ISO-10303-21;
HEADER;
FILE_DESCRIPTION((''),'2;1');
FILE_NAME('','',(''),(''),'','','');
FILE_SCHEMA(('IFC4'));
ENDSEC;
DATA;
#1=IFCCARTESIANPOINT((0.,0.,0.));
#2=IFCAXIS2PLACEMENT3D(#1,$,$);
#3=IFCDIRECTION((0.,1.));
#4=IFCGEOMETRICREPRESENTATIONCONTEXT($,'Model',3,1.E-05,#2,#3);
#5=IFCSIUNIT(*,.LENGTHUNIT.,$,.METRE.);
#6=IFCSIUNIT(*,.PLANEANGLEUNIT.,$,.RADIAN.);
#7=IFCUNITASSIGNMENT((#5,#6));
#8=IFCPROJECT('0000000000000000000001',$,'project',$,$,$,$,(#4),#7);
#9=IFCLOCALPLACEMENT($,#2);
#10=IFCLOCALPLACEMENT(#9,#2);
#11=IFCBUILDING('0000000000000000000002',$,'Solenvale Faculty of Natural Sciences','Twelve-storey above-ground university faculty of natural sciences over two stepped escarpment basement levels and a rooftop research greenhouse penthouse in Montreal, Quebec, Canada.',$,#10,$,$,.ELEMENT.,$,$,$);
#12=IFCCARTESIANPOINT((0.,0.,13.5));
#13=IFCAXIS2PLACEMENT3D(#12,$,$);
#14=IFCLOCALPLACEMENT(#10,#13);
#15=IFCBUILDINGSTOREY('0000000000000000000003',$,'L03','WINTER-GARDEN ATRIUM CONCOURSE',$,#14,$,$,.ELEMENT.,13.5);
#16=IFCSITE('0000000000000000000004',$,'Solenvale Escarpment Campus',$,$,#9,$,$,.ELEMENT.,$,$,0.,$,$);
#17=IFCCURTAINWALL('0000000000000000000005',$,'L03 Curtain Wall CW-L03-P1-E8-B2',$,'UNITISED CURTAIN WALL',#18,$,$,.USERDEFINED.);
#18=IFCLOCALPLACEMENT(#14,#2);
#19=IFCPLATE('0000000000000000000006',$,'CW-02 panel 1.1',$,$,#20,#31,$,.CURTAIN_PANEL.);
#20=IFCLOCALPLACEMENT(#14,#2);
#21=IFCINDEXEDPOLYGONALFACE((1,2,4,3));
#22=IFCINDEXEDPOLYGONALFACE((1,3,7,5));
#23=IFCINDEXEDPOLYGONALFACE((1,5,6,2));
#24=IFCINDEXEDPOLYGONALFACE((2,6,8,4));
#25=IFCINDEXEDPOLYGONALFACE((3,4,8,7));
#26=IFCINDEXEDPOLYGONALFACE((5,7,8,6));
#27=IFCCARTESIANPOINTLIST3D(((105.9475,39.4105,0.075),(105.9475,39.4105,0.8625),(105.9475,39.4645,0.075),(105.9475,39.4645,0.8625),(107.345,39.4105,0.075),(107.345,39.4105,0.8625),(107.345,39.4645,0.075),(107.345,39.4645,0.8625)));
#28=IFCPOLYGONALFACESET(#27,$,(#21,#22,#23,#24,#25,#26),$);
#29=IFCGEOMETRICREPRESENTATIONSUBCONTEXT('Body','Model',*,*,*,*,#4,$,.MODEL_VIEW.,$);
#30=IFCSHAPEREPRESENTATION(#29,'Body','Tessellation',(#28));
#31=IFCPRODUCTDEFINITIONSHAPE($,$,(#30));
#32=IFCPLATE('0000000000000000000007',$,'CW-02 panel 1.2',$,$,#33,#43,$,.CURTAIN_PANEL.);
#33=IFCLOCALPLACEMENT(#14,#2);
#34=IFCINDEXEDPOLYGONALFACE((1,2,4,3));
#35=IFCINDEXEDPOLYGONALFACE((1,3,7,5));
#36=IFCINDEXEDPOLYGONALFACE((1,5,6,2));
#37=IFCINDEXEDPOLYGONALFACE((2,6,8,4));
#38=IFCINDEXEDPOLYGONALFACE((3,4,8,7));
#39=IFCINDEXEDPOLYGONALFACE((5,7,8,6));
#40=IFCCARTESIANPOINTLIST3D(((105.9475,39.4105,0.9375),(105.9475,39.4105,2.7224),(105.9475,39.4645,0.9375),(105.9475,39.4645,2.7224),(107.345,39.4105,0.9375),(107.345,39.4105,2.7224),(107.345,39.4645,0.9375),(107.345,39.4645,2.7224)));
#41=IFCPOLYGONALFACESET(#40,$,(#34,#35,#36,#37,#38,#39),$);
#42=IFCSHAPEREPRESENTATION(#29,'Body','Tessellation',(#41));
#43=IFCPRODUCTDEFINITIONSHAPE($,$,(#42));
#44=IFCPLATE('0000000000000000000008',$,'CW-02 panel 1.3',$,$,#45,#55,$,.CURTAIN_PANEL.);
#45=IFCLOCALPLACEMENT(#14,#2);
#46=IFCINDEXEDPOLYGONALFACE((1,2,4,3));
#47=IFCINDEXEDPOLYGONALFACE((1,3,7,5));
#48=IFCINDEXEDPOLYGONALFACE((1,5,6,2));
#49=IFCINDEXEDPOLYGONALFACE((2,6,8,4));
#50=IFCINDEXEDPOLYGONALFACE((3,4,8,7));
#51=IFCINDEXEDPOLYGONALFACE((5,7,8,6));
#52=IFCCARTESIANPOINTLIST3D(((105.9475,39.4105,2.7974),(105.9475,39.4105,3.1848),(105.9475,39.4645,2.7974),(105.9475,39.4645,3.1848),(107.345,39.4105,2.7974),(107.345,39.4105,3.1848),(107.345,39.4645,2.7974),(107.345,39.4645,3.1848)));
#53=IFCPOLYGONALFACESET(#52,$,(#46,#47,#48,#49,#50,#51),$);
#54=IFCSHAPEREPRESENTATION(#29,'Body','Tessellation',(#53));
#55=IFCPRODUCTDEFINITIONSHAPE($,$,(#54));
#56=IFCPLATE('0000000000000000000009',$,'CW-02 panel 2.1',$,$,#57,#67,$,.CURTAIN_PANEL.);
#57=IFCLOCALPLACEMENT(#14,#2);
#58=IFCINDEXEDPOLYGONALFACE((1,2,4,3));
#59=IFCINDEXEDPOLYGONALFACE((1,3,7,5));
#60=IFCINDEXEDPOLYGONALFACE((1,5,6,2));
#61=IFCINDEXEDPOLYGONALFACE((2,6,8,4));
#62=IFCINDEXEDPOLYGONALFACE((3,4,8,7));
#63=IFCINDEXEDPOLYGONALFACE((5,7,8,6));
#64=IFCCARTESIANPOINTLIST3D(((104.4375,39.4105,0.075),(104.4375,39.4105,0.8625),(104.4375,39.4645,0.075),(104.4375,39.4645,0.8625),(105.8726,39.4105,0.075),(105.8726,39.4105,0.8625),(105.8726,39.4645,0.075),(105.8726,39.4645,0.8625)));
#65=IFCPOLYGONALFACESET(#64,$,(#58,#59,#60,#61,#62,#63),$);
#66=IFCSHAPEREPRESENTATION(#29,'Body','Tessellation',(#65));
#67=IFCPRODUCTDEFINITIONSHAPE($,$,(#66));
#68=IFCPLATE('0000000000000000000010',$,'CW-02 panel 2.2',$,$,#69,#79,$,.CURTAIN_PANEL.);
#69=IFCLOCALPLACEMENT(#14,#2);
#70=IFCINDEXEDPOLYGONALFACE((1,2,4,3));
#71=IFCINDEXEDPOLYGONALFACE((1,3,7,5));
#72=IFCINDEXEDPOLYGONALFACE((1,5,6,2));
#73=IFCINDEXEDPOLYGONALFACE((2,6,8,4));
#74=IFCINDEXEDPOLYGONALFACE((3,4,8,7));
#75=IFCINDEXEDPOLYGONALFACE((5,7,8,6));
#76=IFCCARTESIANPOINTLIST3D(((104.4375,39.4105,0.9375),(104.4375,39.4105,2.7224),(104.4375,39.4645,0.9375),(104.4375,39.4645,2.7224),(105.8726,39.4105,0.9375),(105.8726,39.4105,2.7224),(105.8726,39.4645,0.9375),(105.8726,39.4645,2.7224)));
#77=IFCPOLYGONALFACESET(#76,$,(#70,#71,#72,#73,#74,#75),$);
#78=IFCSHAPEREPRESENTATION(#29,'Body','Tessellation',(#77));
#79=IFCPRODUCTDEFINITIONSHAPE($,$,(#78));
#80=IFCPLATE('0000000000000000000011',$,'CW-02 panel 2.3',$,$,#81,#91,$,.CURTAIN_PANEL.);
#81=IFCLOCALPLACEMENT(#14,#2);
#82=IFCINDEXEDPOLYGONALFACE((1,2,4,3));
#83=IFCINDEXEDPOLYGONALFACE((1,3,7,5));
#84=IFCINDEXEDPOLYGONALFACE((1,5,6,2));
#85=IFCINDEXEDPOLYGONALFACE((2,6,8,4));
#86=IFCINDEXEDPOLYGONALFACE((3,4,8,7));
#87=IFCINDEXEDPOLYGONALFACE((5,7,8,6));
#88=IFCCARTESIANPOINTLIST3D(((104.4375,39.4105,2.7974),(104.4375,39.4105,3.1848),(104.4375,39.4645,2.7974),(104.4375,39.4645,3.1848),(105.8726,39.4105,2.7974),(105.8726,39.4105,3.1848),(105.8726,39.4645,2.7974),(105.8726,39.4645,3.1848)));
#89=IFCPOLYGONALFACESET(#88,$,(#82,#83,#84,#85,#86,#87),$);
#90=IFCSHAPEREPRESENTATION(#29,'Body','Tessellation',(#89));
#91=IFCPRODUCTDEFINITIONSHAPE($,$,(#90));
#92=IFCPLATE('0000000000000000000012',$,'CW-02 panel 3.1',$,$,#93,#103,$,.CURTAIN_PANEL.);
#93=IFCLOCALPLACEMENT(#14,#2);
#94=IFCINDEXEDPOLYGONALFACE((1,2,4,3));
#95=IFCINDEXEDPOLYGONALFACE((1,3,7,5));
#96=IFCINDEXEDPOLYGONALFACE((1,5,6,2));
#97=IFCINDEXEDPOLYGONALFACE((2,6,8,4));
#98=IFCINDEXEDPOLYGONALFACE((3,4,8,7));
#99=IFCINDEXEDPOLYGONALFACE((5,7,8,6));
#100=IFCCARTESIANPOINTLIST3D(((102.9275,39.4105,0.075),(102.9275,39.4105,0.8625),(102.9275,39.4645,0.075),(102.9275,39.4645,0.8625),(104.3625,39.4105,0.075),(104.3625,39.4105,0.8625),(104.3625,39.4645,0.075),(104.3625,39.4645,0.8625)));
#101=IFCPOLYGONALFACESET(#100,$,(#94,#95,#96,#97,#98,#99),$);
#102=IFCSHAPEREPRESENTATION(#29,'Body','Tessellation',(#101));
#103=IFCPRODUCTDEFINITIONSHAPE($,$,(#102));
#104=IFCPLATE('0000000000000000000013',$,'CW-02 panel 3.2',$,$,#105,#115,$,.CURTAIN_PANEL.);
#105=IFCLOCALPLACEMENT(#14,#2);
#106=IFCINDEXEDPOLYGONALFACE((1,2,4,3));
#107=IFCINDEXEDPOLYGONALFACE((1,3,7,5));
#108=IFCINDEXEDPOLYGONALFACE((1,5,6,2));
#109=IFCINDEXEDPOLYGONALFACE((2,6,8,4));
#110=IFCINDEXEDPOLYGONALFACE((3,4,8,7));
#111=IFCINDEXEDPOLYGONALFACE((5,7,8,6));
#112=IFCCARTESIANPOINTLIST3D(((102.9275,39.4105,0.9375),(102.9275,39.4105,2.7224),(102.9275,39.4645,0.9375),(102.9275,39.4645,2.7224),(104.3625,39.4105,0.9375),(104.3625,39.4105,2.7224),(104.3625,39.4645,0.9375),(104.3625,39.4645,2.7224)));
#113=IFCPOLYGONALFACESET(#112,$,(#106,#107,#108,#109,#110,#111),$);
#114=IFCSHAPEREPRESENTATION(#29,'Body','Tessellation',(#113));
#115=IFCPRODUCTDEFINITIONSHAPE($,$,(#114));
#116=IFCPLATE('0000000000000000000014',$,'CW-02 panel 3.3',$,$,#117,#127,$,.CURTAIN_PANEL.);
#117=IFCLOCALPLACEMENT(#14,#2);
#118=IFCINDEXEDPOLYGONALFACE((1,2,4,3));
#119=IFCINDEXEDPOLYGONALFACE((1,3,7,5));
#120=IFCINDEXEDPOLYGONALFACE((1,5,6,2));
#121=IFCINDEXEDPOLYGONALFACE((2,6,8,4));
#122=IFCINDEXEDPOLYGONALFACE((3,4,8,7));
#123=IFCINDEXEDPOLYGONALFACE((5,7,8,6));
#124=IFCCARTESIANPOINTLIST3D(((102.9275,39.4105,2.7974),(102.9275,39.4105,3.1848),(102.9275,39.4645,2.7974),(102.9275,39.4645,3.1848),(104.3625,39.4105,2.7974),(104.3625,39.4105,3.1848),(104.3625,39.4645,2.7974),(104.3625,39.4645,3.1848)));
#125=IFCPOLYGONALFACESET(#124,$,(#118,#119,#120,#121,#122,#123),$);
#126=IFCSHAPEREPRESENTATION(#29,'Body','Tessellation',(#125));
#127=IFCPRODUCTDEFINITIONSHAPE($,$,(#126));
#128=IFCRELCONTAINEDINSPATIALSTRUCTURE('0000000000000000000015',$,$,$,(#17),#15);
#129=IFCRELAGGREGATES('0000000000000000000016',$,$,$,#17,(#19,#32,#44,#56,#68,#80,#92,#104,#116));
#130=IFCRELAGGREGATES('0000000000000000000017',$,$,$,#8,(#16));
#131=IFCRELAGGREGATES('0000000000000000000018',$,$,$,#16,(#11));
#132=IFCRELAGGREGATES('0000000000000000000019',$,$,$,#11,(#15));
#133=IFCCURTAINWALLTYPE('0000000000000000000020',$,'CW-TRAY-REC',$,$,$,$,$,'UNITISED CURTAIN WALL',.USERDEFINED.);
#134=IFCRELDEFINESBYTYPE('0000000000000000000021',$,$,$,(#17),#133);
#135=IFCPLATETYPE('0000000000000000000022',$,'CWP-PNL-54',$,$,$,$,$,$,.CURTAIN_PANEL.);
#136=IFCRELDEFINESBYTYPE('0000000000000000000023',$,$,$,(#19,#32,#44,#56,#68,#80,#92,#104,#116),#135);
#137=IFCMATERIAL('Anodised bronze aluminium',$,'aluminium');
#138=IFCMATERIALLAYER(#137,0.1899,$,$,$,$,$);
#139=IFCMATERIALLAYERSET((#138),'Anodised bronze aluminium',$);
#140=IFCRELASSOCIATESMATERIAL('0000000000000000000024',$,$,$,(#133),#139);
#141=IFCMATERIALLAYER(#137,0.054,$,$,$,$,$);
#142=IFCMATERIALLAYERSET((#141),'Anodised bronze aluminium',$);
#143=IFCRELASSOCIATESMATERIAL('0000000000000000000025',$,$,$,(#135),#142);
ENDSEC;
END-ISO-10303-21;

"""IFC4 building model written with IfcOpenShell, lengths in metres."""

from ifc_helpers import new_model, si_unit, direction, frame, origin, origin_2d, place, context, subcontext, project, spatial, rectangle, extrude, material, layer, layer_set, type_object, element, aggregate, save


model = new_model("IFC4")

# Units and contexts
model_context = context("Model", 3, precision=1e-05, world=origin(), true_north=direction((0.0, 1.0)))
body_context = subcontext(model_context, "Body", "Model", "MODEL_VIEW")
ifc_project = project(units=[si_unit("LENGTHUNIT", "METRE"), si_unit("PLANEANGLEUNIT", "RADIAN")], contexts=[model_context])

# Site, building, storey
site_placement = place(None, origin())
site = spatial("IfcSite", under=ifc_project, at=site_placement, Name="Solenvale Escarpment Campus", CompositionType="ELEMENT", RefElevation=0.0)
building_placement = place(site_placement, origin())
building = spatial("IfcBuilding", under=site, at=building_placement, Name="Solenvale Faculty of Natural Sciences", Description="Twelve-storey above-ground university faculty of natural sciences over two stepped escarpment basement levels and a rooftop research greenhouse penthouse in Montreal, Quebec, Canada.", CompositionType="ELEMENT")
storey_placement = place(building_placement, frame((0.0, 0.0, 13.5)))
storey = spatial("IfcBuildingStorey", under=building, at=storey_placement, Name="L03", Description="WINTER-GARDEN ATRIUM CONCOURSE", CompositionType="ELEMENT", Elevation=13.5)

# Curtain wall, plates
ifc_material = material(Name="Anodised bronze aluminium", Category="aluminium")
ifc_layer_1 = layer(ifc_material, 0.1899)
ifc_layer_set_1 = layer_set([ifc_layer_1], Name="Anodised bronze aluminium")
curtain_wall_type = type_object("IfcCurtainWallType", Name="CW-TRAY-REC", ElementType="UNITISED CURTAIN WALL", PredefinedType="USERDEFINED", material=ifc_layer_set_1)
curtain_wall_placement = place(storey_placement, origin())
curtain_wall = element("IfcCurtainWall", 1, at=curtain_wall_placement, inside=storey, type_object=curtain_wall_type, Name="L03 Curtain Wall CW-L03-P1-E8-B2", ObjectType="UNITISED CURTAIN WALL", PredefinedType="USERDEFINED")
ifc_layer_2 = layer(ifc_material, 0.054)
ifc_layer_set_2 = layer_set([ifc_layer_2], Name="Anodised bronze aluminium")
plate_type = type_object("IfcPlateType", Name="CWP-PNL-54", PredefinedType="CURTAIN_PANEL", material=ifc_layer_set_2)
plate_1_placement = place(storey_placement, frame((106.6462, 39.4375, 0.075), z_axis=(0.0, 0.0, 1.0), x_axis=(-1.0, 0.0, 0.0)))
plate_1 = element("IfcPlate", 2, at=plate_1_placement, type_object=plate_type, Name="CW-02 panel 1.1", PredefinedType="CURTAIN_PANEL", context=body_context, shape_type="SweptSolid", body=[
    extrude(rectangle(XDim=1.3975, YDim=0.054, at=origin_2d()), origin(), (0.0, 0.0, 1.0), 0.7876),
])
plate_2_placement = place(storey_placement, frame((106.6462, 39.4375, 0.9375), z_axis=(0.0, 0.0, 1.0), x_axis=(-1.0, 0.0, 0.0)))
plate_2 = element("IfcPlate", 3, at=plate_2_placement, type_object=plate_type, Name="CW-02 panel 1.2", PredefinedType="CURTAIN_PANEL", context=body_context, shape_type="SweptSolid", body=[
    extrude(rectangle(XDim=1.3975, YDim=0.054, at=origin_2d()), origin(), (0.0, 0.0, 1.0), 1.7849),
])
plate_3_placement = place(storey_placement, frame((106.6462, 39.4375, 2.7974), z_axis=(0.0, 0.0, 1.0), x_axis=(-1.0, 0.0, 0.0)))
plate_3 = element("IfcPlate", 4, at=plate_3_placement, type_object=plate_type, Name="CW-02 panel 1.3", PredefinedType="CURTAIN_PANEL", context=body_context, shape_type="SweptSolid", body=[
    extrude(rectangle(XDim=1.3975, YDim=0.054, at=origin_2d()), origin(), (0.0, 0.0, 1.0), 0.3875),
])
plate_4_placement = place(storey_placement, frame((105.155, 39.4375, 0.075), z_axis=(0.0, 0.0, 1.0), x_axis=(-1.0, 0.0, 0.0)))
plate_4 = element("IfcPlate", 5, at=plate_4_placement, type_object=plate_type, Name="CW-02 panel 2.1", PredefinedType="CURTAIN_PANEL", context=body_context, shape_type="SweptSolid", body=[
    extrude(rectangle(XDim=1.4351, YDim=0.054, at=origin_2d()), origin(), (0.0, 0.0, 1.0), 0.7876),
])
plate_5_placement = place(storey_placement, frame((105.155, 39.4375, 0.9375), z_axis=(0.0, 0.0, 1.0), x_axis=(-1.0, 0.0, 0.0)))
plate_5 = element("IfcPlate", 6, at=plate_5_placement, type_object=plate_type, Name="CW-02 panel 2.2", PredefinedType="CURTAIN_PANEL", context=body_context, shape_type="SweptSolid", body=[
    extrude(rectangle(XDim=1.4351, YDim=0.054, at=origin_2d()), origin(), (0.0, 0.0, 1.0), 1.7849),
])
plate_6_placement = place(storey_placement, frame((105.155, 39.4375, 2.7974), z_axis=(0.0, 0.0, 1.0), x_axis=(-1.0, 0.0, 0.0)))
plate_6 = element("IfcPlate", 7, at=plate_6_placement, type_object=plate_type, Name="CW-02 panel 2.3", PredefinedType="CURTAIN_PANEL", context=body_context, shape_type="SweptSolid", body=[
    extrude(rectangle(XDim=1.4351, YDim=0.054, at=origin_2d()), origin(), (0.0, 0.0, 1.0), 0.3875),
])
plate_7_placement = place(storey_placement, frame((103.645, 39.4375, 0.075), z_axis=(0.0, 0.0, 1.0), x_axis=(-1.0, 0.0, 0.0)))
plate_7 = element("IfcPlate", 8, at=plate_7_placement, type_object=plate_type, Name="CW-02 panel 3.1", PredefinedType="CURTAIN_PANEL", context=body_context, shape_type="SweptSolid", body=[
    extrude(rectangle(XDim=1.4351, YDim=0.054, at=origin_2d()), origin(), (0.0, 0.0, 1.0), 0.7876),
])
plate_8_placement = place(storey_placement, frame((103.645, 39.4375, 0.9375), z_axis=(0.0, 0.0, 1.0), x_axis=(-1.0, 0.0, 0.0)))
plate_8 = element("IfcPlate", 9, at=plate_8_placement, type_object=plate_type, Name="CW-02 panel 3.2", PredefinedType="CURTAIN_PANEL", context=body_context, shape_type="SweptSolid", body=[
    extrude(rectangle(XDim=1.4351, YDim=0.054, at=origin_2d()), origin(), (0.0, 0.0, 1.0), 1.7849),
])
plate_9_placement = place(storey_placement, frame((103.645, 39.4375, 2.7974), z_axis=(0.0, 0.0, 1.0), x_axis=(-1.0, 0.0, 0.0)))
plate_9 = element("IfcPlate", 10, at=plate_9_placement, type_object=plate_type, Name="CW-02 panel 3.3", PredefinedType="CURTAIN_PANEL", context=body_context, shape_type="SweptSolid", body=[
    extrude(rectangle(XDim=1.4351, YDim=0.054, at=origin_2d()), origin(), (0.0, 0.0, 1.0), 0.3875),
])
aggregate(curtain_wall, [plate_1, plate_2, plate_3, plate_4, plate_5, plate_6, plate_7, plate_8, plate_9])

save(model, "model.ifc")
